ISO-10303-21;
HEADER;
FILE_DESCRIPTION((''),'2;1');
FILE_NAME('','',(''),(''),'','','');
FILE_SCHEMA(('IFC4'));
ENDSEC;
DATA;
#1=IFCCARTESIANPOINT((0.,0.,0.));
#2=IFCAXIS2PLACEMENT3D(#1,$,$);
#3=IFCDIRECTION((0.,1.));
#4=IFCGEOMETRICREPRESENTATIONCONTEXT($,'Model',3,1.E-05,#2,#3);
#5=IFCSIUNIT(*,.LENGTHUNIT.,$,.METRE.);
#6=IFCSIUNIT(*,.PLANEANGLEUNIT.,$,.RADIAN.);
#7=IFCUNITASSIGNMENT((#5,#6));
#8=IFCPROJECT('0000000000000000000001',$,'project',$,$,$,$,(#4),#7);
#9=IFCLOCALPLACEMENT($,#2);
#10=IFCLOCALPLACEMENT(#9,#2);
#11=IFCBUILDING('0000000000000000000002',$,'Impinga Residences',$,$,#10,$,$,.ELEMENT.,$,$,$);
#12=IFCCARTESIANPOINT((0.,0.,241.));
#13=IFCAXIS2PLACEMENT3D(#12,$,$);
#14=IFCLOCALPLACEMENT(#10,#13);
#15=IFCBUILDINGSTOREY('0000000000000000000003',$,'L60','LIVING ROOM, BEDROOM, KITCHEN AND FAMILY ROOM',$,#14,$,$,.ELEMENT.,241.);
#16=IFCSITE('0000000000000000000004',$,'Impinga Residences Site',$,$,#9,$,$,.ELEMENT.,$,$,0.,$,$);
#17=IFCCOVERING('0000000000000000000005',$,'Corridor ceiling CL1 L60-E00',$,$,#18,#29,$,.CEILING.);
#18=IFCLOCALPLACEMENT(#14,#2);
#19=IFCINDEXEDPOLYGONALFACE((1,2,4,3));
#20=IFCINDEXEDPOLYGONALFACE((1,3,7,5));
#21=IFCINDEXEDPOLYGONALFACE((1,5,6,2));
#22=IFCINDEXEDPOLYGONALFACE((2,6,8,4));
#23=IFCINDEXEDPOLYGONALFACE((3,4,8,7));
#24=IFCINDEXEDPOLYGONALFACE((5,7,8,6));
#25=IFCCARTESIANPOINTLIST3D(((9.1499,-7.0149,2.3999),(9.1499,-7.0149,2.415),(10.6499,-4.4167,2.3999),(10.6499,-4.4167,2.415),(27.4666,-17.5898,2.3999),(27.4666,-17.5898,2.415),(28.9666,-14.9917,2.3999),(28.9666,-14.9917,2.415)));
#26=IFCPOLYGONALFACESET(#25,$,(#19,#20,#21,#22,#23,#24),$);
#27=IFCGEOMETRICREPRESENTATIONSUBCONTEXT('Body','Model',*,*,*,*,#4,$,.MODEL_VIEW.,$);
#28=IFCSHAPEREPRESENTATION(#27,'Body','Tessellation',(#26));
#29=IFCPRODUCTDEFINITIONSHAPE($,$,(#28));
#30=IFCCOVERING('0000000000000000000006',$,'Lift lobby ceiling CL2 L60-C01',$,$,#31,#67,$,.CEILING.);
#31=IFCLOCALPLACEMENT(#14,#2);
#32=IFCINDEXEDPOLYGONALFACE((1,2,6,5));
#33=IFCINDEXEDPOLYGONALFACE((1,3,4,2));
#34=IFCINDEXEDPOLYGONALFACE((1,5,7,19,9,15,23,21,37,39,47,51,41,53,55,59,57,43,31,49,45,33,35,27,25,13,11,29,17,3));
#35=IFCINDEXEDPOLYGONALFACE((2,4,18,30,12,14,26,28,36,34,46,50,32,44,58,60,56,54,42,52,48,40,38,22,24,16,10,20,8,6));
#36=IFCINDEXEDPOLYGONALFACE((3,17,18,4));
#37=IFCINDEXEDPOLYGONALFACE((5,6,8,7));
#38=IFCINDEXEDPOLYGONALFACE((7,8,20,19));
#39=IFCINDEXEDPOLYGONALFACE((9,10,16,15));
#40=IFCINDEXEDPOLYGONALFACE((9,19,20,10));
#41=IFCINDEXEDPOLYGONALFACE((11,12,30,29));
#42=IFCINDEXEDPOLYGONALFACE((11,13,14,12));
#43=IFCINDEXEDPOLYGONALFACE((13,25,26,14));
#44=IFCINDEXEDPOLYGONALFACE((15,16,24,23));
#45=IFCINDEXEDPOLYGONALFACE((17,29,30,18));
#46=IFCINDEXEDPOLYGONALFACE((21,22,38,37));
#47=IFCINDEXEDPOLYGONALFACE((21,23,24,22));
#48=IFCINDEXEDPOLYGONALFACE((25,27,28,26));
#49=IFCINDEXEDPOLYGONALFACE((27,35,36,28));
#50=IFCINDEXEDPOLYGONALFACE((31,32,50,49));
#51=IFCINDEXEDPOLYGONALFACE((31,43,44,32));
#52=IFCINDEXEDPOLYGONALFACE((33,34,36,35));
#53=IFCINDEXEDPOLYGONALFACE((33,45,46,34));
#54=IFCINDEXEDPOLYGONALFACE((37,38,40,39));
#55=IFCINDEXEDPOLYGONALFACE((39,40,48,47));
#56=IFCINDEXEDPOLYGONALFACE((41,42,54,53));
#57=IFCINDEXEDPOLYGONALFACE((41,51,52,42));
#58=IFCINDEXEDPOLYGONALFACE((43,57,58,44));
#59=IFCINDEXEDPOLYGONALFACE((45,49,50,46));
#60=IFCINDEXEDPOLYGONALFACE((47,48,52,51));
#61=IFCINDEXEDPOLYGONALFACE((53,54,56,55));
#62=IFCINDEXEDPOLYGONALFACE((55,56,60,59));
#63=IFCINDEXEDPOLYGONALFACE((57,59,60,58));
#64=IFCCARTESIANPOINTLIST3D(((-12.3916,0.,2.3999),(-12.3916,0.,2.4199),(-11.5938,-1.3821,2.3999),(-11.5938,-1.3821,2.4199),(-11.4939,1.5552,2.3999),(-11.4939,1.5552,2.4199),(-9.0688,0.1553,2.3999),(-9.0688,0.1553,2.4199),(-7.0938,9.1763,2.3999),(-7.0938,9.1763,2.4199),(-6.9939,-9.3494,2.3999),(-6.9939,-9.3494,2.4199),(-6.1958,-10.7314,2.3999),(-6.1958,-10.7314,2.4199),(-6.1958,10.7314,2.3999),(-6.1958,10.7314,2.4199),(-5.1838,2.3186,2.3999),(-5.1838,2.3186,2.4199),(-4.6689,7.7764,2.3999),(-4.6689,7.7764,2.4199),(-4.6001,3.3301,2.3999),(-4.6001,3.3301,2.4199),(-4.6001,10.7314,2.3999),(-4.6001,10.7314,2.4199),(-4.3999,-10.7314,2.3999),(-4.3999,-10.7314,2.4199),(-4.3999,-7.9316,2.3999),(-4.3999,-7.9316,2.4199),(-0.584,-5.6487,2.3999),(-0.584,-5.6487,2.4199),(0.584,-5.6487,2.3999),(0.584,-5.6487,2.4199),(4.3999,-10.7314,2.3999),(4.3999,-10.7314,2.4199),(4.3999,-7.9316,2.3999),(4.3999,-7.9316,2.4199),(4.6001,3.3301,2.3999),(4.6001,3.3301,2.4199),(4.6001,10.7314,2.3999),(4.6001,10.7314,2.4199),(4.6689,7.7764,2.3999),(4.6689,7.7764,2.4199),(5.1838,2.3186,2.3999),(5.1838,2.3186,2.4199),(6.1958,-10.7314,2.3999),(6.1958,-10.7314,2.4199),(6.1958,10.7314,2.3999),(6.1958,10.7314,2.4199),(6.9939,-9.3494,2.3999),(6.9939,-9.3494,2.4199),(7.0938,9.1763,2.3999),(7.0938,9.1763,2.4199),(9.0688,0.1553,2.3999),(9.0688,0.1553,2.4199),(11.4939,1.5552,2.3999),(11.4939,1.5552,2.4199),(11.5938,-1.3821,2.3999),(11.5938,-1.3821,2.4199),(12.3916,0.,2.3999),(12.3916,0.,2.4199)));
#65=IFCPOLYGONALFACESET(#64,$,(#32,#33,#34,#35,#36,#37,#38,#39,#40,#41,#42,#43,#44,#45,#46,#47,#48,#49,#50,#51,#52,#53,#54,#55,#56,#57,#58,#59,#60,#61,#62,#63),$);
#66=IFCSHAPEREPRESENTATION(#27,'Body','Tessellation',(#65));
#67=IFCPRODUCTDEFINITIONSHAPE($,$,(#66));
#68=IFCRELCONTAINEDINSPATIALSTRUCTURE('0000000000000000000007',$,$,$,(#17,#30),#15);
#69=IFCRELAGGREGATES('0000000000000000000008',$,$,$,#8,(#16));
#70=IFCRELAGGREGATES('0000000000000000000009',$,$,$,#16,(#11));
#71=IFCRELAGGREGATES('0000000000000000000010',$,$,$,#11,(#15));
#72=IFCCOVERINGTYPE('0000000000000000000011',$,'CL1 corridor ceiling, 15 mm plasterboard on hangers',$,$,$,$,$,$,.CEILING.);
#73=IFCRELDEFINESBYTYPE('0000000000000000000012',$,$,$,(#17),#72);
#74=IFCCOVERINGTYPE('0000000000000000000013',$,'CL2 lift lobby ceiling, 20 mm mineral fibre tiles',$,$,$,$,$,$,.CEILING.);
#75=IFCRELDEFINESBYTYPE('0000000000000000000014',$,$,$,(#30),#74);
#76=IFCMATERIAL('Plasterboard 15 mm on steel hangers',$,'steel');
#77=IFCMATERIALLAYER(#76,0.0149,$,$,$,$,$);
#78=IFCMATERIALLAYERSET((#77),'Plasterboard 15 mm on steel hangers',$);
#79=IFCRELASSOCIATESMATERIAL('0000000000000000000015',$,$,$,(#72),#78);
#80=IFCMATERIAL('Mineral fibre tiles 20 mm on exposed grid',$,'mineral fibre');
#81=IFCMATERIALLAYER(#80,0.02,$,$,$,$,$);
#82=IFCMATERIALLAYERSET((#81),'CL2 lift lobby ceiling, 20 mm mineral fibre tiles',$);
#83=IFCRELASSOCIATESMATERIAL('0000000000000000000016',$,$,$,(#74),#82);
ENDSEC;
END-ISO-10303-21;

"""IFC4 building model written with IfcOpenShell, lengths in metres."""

from ifc_helpers import new_model, si_unit, direction, frame, origin, place, context, subcontext, project, spatial, polyline, outline, extrude, material, layer, layer_set, type_object, element, save


model = new_model("IFC4")

# Units and contexts
model_context = context("Model", 3, precision=1e-05, world=origin(), true_north=direction((0.0, 1.0)))
body_context = subcontext(model_context, "Body", "Model", "MODEL_VIEW")
ifc_project = project(units=[si_unit("LENGTHUNIT", "METRE"), si_unit("PLANEANGLEUNIT", "RADIAN")], contexts=[model_context])

# Site, building, storey
site_placement = place(None, origin())
site = spatial("IfcSite", under=ifc_project, at=site_placement, Name="Impinga Residences Site", CompositionType="ELEMENT", RefElevation=0.0)
building_placement = place(site_placement, origin())
building = spatial("IfcBuilding", under=site, at=building_placement, Name="Impinga Residences", CompositionType="ELEMENT")
storey_placement = place(building_placement, frame((0.0, 0.0, 241.0)))
storey = spatial("IfcBuildingStorey", under=building, at=storey_placement, Name="L60", Description="LIVING ROOM, BEDROOM, KITCHEN AND FAMILY ROOM", CompositionType="ELEMENT", Elevation=241.0)

# Coverings
ifc_material_1 = material(Name="Plasterboard 15 mm on steel hangers", Category="steel")
ifc_layer_1 = layer(ifc_material_1, 0.0149)
ifc_layer_set_1 = layer_set([ifc_layer_1], Name="Plasterboard 15 mm on steel hangers")
covering_type_1 = type_object("IfcCoveringType", Name="CL1 corridor ceiling, 15 mm plasterboard on hangers", PredefinedType="CEILING", material=ifc_layer_set_1)
covering_1_placement = place(storey_placement, frame((0.0, 0.0, 2.3999)))
element("IfcCovering", 1, at=covering_1_placement, inside=storey, type_object=covering_type_1, Name="Corridor ceiling CL1 L60-E00", PredefinedType="CEILING", context=body_context, shape_type="SweptSolid", body=[
    extrude(outline(polyline([(10.6499, -4.4167), (9.1499, -7.0149), (27.4666, -17.5898), (28.9666, -14.9917), (10.6499, -4.4167)])), origin(), (0.0, 0.0, 1.0), 0.0151),
])
ifc_material_2 = material(Name="Mineral fibre tiles 20 mm on exposed grid", Category="mineral fibre")
ifc_layer_2 = layer(ifc_material_2, 0.02)
ifc_layer_set_2 = layer_set([ifc_layer_2], Name="CL2 lift lobby ceiling, 20 mm mineral fibre tiles")
covering_type_2 = type_object("IfcCoveringType", Name="CL2 lift lobby ceiling, 20 mm mineral fibre tiles", PredefinedType="CEILING", material=ifc_layer_set_2)
covering_2_placement = place(storey_placement, frame((0.0, 0.0, 2.3999)))
element("IfcCovering", 2, at=covering_2_placement, inside=storey, type_object=covering_type_2, Name="Lift lobby ceiling CL2 L60-C01", PredefinedType="CEILING", context=body_context, shape_type="SweptSolid", body=[
    extrude(outline(polyline([(12.3916, 0.0), (11.5938, -1.3821), (5.1838, 2.3186), (0.584, -5.6487), (6.9939, -9.3494), (6.1958, -10.7314), (4.3999, -10.7314), (4.3999, -7.9316), (-4.3999, -7.9316), (-4.3999, -10.7314), (-6.1958, -10.7314), (-6.9939, -9.3494), (-0.584, -5.6487), (-5.1838, 2.3186), (-11.5938, -1.3821), (-12.3916, 0.0), (-11.4939, 1.5552), (-9.0688, 0.1553), (-4.6689, 7.7764), (-7.0938, 9.1763), (-6.1958, 10.7314), (-4.6001, 10.7314), (-4.6001, 3.3301), (4.6001, 3.3301), (4.6001, 10.7314), (6.1958, 10.7314), (7.0938, 9.1763), (4.6689, 7.7764), (9.0688, 0.1553), (11.4939, 1.5552), (12.3916, 0.0)])), origin(), (0.0, 0.0, 1.0), 0.02),
])

save(model, "model.ifc")
